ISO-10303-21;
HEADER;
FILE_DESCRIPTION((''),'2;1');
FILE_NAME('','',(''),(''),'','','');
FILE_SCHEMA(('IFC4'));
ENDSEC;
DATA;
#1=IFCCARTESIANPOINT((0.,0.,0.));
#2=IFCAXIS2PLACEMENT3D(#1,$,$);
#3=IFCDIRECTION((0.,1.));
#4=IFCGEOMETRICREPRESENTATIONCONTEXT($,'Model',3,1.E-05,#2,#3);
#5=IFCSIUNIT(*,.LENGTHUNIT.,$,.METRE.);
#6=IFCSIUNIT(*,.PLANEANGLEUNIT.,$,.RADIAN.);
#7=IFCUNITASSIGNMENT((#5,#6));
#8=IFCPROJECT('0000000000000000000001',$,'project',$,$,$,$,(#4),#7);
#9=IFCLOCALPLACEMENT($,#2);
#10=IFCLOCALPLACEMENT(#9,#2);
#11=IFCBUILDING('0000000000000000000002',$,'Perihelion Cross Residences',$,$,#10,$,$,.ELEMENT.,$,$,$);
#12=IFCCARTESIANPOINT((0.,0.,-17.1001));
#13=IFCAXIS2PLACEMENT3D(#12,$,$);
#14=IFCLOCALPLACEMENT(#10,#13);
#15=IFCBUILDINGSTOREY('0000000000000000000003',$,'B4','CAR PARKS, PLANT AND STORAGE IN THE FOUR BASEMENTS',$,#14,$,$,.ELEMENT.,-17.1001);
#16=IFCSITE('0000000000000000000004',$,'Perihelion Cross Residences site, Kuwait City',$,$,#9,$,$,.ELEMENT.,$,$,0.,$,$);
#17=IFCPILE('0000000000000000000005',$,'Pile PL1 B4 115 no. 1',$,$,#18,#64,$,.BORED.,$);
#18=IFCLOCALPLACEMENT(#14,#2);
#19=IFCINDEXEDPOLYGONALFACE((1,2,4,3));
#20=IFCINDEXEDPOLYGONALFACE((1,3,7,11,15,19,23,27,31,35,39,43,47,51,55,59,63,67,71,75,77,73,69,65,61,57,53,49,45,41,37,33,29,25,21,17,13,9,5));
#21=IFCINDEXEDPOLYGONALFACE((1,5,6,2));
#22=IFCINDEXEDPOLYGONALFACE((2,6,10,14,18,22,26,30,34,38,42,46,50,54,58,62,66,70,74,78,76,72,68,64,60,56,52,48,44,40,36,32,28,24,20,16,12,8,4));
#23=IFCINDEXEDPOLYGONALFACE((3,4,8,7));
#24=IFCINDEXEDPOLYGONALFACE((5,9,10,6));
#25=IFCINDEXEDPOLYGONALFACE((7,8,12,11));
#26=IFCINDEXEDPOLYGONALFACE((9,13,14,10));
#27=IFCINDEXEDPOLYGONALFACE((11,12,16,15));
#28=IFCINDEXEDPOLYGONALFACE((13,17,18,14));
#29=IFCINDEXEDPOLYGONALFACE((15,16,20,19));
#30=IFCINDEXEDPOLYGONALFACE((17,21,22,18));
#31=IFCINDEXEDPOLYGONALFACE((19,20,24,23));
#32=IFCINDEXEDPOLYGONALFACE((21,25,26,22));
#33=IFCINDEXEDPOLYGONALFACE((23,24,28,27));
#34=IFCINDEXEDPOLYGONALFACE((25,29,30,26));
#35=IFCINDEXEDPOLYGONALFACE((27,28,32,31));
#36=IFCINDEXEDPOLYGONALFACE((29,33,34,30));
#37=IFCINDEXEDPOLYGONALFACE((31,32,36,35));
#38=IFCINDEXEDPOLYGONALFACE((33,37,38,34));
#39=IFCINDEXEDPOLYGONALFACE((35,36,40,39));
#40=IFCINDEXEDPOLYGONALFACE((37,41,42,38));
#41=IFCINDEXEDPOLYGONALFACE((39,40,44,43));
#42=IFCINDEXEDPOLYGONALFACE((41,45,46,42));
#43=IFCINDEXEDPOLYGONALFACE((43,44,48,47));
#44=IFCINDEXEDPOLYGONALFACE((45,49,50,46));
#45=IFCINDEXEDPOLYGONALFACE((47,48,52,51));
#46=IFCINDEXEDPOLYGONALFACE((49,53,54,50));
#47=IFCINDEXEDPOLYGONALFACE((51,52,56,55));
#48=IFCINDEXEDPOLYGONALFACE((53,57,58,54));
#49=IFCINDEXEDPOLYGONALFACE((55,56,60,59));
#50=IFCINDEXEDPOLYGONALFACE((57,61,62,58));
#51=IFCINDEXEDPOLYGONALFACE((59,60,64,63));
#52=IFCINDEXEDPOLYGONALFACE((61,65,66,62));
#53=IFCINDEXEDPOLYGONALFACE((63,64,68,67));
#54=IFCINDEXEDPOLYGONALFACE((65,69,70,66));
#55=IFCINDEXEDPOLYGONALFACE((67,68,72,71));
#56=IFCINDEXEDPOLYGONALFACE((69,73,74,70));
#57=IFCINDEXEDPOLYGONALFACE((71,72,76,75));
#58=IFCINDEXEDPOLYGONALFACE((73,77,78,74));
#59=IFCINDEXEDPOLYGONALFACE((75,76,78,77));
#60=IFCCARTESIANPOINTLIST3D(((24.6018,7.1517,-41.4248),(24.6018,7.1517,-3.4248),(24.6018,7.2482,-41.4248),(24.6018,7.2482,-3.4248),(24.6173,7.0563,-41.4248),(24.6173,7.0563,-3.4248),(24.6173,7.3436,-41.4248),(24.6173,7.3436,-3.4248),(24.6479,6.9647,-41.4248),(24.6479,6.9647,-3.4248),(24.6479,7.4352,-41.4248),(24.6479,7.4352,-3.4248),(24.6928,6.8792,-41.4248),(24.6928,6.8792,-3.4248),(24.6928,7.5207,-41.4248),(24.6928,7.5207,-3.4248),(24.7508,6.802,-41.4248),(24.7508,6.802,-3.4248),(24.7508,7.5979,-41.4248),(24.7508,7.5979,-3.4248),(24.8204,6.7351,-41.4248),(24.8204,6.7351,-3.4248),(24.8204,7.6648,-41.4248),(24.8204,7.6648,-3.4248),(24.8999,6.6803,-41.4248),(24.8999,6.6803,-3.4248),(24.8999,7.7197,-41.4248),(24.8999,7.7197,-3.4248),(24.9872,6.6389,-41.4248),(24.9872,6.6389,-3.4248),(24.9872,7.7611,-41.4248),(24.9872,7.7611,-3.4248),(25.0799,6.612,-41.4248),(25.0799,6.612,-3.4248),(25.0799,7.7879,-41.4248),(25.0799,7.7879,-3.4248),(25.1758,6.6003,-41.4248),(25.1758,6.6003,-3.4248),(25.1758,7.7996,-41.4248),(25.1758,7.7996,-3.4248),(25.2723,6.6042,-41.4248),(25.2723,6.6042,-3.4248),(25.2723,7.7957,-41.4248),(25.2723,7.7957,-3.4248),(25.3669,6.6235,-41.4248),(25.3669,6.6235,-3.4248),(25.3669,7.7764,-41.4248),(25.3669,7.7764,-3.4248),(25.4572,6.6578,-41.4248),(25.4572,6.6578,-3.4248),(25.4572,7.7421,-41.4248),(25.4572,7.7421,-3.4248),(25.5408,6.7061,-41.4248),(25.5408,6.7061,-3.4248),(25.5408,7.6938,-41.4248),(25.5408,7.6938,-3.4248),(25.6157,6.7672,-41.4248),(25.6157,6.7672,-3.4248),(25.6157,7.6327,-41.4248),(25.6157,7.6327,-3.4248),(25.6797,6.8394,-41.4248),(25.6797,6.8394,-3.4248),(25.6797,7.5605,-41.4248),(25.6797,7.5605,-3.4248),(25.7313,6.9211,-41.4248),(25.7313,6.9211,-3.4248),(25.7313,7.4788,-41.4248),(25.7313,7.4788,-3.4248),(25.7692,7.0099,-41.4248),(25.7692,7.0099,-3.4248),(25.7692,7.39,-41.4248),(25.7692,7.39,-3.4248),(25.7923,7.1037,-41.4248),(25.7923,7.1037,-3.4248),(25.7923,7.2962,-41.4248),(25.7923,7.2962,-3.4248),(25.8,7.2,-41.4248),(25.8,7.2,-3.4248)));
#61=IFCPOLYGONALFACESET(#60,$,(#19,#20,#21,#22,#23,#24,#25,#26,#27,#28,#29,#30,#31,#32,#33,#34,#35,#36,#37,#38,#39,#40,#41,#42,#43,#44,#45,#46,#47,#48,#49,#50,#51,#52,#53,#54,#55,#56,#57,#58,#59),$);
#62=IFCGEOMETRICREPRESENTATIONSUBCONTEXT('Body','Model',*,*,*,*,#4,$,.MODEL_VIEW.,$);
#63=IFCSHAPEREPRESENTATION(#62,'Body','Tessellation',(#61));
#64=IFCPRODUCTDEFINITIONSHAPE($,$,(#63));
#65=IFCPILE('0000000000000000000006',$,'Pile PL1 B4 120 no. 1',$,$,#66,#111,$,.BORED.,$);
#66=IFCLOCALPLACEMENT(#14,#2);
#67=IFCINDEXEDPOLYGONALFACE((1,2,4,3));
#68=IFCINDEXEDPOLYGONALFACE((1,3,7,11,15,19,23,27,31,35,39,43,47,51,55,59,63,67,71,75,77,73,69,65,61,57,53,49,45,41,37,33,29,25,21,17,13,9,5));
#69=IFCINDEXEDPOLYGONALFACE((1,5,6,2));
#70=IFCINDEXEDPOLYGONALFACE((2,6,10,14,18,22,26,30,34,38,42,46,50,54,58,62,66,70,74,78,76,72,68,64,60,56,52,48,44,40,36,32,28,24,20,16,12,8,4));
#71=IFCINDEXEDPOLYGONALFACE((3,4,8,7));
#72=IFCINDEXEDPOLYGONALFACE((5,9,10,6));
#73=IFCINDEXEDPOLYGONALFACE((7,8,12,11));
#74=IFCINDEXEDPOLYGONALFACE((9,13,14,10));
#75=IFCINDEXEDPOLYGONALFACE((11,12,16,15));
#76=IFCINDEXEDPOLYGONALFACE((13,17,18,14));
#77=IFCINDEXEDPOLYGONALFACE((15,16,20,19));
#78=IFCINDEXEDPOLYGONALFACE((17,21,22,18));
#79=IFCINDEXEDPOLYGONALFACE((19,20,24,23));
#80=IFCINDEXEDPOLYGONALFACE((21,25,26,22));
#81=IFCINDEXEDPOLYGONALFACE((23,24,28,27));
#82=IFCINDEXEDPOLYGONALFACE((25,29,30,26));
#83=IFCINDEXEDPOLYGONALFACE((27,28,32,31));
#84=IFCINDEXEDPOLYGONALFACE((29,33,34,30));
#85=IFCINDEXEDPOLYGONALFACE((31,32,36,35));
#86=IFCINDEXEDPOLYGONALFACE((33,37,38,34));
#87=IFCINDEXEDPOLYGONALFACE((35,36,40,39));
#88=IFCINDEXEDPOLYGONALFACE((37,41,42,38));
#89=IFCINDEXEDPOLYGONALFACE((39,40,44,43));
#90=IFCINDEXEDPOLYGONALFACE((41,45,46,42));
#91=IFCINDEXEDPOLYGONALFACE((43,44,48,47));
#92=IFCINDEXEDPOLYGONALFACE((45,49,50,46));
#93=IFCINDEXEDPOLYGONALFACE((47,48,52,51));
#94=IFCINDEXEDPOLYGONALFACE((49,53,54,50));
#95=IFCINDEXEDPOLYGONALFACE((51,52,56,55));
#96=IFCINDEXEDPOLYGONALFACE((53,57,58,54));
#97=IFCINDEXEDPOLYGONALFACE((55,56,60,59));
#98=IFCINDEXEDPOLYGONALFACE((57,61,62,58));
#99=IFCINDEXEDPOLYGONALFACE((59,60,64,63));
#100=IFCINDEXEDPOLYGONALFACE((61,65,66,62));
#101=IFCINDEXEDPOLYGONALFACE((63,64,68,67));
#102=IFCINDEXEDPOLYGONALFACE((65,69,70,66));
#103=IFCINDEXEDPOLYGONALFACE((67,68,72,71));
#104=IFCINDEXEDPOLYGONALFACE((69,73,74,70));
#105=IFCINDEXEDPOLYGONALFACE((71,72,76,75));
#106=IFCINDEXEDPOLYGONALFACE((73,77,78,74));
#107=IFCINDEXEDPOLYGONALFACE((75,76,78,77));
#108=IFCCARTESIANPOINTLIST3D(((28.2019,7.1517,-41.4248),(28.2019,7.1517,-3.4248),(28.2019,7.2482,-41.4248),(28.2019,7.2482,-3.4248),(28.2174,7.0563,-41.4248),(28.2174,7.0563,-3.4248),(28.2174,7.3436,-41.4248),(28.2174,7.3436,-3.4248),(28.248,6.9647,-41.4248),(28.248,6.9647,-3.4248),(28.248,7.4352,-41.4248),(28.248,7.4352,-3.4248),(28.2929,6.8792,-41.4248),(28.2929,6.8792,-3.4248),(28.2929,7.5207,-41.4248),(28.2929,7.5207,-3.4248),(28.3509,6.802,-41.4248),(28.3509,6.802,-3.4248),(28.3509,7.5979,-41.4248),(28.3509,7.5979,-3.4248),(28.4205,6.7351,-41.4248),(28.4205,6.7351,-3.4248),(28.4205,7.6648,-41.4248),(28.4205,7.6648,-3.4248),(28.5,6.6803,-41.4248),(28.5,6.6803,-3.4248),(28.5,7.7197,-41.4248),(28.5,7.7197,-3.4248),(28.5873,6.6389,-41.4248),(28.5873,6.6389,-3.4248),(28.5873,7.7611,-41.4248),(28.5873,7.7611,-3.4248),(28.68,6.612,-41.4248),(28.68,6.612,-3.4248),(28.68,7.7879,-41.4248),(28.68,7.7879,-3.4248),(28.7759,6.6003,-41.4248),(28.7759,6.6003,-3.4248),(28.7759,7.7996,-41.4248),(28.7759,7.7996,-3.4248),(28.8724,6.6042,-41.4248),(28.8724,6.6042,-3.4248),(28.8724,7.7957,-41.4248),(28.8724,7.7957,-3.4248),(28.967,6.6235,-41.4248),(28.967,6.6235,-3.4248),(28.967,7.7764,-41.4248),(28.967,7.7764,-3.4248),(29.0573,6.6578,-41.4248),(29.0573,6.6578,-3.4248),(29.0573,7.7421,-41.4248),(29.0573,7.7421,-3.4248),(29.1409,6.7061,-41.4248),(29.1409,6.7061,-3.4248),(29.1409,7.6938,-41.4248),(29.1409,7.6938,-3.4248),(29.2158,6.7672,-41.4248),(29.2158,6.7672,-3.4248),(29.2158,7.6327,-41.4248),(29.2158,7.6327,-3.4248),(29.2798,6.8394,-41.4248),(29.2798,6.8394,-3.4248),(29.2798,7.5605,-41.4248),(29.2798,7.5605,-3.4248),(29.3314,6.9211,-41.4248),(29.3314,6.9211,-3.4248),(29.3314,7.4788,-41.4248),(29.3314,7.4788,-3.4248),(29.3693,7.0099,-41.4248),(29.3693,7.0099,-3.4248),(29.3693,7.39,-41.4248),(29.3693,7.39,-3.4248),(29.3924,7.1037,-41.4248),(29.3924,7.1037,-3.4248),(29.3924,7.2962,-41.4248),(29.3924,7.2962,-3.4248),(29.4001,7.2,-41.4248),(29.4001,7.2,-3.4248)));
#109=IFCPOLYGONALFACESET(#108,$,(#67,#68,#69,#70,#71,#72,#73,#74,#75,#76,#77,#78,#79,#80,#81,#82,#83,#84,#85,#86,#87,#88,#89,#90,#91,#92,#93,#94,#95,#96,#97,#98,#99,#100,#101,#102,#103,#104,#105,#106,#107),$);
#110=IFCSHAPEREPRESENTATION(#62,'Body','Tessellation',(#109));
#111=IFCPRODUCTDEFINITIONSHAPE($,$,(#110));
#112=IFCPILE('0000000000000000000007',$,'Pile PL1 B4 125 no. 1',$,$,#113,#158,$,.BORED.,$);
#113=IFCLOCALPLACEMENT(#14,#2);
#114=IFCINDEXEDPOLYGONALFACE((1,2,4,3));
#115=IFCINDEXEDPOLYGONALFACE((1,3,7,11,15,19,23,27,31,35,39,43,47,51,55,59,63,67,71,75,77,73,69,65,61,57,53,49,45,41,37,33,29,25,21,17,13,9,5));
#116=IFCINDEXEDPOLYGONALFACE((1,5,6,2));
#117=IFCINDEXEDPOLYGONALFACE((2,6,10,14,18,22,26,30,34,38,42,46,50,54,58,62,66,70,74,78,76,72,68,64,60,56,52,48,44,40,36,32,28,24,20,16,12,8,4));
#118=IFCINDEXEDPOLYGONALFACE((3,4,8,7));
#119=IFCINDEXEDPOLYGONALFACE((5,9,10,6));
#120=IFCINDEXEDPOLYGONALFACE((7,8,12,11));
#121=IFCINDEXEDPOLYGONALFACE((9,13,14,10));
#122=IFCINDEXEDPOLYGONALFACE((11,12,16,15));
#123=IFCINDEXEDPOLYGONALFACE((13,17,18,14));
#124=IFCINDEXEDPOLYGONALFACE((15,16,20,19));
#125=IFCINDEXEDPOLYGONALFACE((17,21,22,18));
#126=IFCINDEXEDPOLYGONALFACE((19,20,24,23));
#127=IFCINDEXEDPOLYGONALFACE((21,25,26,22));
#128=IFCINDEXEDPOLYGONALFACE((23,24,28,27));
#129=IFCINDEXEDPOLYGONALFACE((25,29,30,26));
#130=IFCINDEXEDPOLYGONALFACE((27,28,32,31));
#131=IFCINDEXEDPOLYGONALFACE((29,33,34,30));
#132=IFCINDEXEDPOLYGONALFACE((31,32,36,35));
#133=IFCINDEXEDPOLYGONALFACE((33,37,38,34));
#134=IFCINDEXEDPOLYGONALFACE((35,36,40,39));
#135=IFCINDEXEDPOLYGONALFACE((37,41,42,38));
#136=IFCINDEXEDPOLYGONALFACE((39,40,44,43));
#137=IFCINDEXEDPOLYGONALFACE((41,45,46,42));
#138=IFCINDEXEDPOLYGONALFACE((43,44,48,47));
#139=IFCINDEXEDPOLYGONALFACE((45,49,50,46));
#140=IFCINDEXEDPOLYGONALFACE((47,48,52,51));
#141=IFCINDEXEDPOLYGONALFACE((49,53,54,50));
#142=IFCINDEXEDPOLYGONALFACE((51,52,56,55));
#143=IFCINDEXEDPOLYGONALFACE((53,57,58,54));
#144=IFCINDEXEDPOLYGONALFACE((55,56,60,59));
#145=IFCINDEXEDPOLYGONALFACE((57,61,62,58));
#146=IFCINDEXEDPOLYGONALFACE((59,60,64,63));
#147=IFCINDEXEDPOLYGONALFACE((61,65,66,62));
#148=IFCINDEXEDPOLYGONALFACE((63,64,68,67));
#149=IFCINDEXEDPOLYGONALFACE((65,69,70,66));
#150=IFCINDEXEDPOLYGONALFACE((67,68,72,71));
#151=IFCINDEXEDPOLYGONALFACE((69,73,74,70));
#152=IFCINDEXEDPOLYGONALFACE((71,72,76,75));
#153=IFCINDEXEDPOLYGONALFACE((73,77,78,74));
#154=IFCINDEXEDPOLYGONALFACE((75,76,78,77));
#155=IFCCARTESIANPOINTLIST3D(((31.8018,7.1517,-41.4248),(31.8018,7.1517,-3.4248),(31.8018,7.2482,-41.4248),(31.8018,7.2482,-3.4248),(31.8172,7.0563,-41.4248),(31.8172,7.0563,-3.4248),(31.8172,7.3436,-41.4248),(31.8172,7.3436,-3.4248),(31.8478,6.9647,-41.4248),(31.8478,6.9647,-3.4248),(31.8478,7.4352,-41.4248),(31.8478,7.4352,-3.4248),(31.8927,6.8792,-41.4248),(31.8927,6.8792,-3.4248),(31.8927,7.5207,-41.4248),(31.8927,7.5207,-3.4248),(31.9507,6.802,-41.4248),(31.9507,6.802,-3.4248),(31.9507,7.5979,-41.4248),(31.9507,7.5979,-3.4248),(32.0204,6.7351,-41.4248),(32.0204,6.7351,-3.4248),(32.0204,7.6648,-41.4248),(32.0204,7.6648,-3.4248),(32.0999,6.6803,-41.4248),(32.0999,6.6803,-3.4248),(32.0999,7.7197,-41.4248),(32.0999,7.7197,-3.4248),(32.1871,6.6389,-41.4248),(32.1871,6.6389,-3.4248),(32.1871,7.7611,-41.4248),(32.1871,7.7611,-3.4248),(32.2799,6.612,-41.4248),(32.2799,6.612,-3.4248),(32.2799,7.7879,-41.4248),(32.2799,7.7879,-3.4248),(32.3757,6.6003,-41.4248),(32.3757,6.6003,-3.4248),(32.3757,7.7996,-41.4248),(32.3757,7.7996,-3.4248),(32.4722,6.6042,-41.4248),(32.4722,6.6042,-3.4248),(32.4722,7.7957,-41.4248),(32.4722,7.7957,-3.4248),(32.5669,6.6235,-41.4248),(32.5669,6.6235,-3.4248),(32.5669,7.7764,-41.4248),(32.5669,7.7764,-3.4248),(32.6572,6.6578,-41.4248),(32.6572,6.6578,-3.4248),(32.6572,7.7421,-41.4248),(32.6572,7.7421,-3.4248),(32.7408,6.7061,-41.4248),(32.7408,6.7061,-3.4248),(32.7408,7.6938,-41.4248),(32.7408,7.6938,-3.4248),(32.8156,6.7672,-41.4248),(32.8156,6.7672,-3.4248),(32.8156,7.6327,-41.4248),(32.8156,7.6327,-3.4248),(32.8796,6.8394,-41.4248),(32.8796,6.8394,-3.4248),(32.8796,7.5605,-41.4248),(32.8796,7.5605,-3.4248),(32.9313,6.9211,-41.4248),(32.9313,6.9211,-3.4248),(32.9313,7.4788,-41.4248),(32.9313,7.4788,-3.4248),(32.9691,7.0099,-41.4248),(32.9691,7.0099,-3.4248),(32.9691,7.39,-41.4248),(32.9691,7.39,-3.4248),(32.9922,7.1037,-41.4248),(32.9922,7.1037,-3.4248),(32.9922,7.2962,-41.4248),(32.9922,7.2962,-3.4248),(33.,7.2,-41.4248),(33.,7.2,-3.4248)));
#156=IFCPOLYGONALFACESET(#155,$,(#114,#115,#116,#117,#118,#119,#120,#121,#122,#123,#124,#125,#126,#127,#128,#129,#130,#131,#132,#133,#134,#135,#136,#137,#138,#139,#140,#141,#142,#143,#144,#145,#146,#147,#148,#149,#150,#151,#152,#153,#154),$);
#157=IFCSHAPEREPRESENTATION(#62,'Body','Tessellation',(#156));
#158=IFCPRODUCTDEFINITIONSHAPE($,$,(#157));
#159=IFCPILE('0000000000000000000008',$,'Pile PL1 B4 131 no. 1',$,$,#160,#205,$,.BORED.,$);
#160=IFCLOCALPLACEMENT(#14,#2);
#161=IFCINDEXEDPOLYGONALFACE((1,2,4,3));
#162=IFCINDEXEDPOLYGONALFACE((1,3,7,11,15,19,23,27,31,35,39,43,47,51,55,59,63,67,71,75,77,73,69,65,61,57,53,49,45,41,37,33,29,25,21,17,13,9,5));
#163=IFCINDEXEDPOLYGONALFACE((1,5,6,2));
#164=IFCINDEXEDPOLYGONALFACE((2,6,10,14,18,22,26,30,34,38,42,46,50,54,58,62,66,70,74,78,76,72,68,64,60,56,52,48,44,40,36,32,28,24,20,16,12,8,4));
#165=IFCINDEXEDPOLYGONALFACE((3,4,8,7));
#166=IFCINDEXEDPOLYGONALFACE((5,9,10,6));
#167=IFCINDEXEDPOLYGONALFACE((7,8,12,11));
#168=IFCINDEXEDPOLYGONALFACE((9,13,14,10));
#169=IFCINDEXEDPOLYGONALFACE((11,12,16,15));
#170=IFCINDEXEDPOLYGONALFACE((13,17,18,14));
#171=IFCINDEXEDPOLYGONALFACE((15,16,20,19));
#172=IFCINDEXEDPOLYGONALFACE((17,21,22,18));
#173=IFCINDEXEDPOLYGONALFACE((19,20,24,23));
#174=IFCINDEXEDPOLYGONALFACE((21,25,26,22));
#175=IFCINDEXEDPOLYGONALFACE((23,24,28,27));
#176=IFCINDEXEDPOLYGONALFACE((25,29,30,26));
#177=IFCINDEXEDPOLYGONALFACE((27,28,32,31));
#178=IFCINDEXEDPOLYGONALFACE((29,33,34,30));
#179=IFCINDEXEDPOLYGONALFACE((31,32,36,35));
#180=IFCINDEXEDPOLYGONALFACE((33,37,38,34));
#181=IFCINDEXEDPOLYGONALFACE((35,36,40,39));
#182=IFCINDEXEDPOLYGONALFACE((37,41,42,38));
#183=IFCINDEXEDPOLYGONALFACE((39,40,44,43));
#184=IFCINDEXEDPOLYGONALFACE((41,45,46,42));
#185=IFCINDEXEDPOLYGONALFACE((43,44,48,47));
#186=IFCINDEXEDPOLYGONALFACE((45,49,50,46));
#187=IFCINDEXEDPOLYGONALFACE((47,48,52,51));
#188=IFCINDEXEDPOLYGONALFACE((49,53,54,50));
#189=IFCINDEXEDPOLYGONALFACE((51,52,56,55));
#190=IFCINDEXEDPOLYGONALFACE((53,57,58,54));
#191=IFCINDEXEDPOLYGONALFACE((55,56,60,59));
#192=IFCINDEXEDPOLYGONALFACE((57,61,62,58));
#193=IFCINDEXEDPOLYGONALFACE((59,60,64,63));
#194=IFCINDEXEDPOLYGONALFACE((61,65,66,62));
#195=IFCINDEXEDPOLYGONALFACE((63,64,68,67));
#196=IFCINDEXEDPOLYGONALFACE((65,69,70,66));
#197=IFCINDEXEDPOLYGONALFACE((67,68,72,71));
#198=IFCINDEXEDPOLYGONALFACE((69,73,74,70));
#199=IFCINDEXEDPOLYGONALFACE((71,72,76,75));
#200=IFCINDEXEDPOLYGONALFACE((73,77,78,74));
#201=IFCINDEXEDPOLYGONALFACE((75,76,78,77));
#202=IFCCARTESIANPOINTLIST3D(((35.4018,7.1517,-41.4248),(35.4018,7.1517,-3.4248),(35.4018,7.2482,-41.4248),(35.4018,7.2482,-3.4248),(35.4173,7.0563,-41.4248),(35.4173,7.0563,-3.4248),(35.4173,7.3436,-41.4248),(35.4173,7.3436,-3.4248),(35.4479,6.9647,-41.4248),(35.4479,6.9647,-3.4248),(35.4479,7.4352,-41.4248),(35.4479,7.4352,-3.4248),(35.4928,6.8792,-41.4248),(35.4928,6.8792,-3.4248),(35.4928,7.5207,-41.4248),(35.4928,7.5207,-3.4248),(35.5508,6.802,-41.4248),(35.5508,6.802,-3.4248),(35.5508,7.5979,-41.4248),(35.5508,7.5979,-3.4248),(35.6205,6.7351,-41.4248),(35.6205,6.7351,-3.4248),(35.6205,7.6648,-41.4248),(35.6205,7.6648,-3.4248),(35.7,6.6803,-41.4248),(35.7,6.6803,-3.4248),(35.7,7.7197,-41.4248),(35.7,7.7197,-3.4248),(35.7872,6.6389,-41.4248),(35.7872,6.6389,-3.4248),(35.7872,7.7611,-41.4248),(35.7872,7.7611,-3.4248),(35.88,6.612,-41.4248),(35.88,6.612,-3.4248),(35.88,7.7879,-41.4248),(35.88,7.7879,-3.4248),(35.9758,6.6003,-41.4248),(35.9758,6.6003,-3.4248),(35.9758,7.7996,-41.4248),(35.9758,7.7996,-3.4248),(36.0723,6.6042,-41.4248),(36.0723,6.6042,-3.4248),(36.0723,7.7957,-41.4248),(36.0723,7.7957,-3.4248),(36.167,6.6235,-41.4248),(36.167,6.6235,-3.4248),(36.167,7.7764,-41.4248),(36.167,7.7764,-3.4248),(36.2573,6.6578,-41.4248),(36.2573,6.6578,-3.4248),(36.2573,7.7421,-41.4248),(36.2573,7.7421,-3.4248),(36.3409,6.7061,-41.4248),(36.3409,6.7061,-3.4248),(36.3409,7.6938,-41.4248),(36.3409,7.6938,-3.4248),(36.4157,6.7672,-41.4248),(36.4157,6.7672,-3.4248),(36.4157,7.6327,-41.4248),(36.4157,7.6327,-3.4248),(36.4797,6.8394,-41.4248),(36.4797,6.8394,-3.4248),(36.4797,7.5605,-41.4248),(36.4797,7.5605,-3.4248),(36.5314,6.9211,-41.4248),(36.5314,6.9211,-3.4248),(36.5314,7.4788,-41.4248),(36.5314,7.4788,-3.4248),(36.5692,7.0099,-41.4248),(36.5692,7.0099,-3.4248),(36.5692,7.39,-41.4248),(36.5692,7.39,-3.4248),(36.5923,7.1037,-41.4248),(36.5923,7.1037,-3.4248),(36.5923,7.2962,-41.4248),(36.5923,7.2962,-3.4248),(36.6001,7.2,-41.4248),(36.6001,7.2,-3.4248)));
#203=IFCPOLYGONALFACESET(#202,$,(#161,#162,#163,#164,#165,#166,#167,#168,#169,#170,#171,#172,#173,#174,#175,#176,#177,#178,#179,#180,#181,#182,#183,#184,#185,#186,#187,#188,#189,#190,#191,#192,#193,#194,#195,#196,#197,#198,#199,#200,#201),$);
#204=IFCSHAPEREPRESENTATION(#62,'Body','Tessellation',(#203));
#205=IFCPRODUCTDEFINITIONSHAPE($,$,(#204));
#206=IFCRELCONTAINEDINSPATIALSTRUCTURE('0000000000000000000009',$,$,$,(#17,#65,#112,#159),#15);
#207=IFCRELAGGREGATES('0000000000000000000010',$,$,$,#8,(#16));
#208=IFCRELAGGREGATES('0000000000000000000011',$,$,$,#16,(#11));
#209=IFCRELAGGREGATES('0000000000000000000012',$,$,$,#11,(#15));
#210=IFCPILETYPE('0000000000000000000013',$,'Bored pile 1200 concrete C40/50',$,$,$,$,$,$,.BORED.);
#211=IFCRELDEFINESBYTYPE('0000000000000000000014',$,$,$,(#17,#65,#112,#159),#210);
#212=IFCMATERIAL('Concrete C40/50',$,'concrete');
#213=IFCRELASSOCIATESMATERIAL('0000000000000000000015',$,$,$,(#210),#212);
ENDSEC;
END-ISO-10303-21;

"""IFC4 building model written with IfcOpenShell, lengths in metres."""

from ifc_helpers import new_model, si_unit, direction, frame, origin, origin_2d, place, context, subcontext, project, spatial, circle, extrude, material, type_object, element, save


model = new_model("IFC4")

# Units and contexts
model_context = context("Model", 3, precision=1e-05, world=origin(), true_north=direction((0.0, 1.0)))
body_context = subcontext(model_context, "Body", "Model", "MODEL_VIEW")
ifc_project = project(units=[si_unit("LENGTHUNIT", "METRE"), si_unit("PLANEANGLEUNIT", "RADIAN")], contexts=[model_context])

# Site, building, storey
site_placement = place(None, origin())
site = spatial("IfcSite", under=ifc_project, at=site_placement, Name="Perihelion Cross Residences site, Kuwait City", CompositionType="ELEMENT", RefElevation=0.0)
building_placement = place(site_placement, origin())
building = spatial("IfcBuilding", under=site, at=building_placement, Name="Perihelion Cross Residences", CompositionType="ELEMENT")
storey_placement = place(building_placement, frame((0.0, 0.0, -17.1001)))
storey = spatial("IfcBuildingStorey", under=building, at=storey_placement, Name="B4", Description="CAR PARKS, PLANT AND STORAGE IN THE FOUR BASEMENTS", CompositionType="ELEMENT", Elevation=-17.1001)

# Piles
ifc_material_1 = material(Name="Concrete C40/50", Category="concrete")
pile_type = type_object("IfcPileType", Name="Bored pile 1200 concrete C40/50", PredefinedType="BORED", material=ifc_material_1)
for number, where, z_axis, x_axis, name in (
    (1, (25.2, 7.2, -3.4248), (0.0, 0.0, -1.0), (1.0, 0.0, 0.0), "Pile PL1 B4 115 no. 1"),
    (2, (28.8, 7.2, -3.4248), (0.0, 0.0, -1.0), (1.0, 0.0, 0.0), "Pile PL1 B4 120 no. 1"),
    (3, (32.3999, 7.2, -3.4248), (0.0, 0.0, -1.0), (1.0, 0.0, 0.0), "Pile PL1 B4 125 no. 1"),
    (4, (36.0, 7.2, -3.4248), (0.0, 0.0, -1.0), (1.0, 0.0, 0.0), "Pile PL1 B4 131 no. 1"),
):
    element("IfcPile", number, at=place(storey_placement, frame(where, z_axis=z_axis, x_axis=x_axis)), inside=storey, type_object=pile_type, Name=name, PredefinedType="BORED", context=body_context, shape_type="SweptSolid", body=[
        extrude(circle(Radius=0.6001, at=origin_2d()), origin(), (0.0, 0.0, 1.0), 38.0),
    ])

save(model, "model.ifc")
